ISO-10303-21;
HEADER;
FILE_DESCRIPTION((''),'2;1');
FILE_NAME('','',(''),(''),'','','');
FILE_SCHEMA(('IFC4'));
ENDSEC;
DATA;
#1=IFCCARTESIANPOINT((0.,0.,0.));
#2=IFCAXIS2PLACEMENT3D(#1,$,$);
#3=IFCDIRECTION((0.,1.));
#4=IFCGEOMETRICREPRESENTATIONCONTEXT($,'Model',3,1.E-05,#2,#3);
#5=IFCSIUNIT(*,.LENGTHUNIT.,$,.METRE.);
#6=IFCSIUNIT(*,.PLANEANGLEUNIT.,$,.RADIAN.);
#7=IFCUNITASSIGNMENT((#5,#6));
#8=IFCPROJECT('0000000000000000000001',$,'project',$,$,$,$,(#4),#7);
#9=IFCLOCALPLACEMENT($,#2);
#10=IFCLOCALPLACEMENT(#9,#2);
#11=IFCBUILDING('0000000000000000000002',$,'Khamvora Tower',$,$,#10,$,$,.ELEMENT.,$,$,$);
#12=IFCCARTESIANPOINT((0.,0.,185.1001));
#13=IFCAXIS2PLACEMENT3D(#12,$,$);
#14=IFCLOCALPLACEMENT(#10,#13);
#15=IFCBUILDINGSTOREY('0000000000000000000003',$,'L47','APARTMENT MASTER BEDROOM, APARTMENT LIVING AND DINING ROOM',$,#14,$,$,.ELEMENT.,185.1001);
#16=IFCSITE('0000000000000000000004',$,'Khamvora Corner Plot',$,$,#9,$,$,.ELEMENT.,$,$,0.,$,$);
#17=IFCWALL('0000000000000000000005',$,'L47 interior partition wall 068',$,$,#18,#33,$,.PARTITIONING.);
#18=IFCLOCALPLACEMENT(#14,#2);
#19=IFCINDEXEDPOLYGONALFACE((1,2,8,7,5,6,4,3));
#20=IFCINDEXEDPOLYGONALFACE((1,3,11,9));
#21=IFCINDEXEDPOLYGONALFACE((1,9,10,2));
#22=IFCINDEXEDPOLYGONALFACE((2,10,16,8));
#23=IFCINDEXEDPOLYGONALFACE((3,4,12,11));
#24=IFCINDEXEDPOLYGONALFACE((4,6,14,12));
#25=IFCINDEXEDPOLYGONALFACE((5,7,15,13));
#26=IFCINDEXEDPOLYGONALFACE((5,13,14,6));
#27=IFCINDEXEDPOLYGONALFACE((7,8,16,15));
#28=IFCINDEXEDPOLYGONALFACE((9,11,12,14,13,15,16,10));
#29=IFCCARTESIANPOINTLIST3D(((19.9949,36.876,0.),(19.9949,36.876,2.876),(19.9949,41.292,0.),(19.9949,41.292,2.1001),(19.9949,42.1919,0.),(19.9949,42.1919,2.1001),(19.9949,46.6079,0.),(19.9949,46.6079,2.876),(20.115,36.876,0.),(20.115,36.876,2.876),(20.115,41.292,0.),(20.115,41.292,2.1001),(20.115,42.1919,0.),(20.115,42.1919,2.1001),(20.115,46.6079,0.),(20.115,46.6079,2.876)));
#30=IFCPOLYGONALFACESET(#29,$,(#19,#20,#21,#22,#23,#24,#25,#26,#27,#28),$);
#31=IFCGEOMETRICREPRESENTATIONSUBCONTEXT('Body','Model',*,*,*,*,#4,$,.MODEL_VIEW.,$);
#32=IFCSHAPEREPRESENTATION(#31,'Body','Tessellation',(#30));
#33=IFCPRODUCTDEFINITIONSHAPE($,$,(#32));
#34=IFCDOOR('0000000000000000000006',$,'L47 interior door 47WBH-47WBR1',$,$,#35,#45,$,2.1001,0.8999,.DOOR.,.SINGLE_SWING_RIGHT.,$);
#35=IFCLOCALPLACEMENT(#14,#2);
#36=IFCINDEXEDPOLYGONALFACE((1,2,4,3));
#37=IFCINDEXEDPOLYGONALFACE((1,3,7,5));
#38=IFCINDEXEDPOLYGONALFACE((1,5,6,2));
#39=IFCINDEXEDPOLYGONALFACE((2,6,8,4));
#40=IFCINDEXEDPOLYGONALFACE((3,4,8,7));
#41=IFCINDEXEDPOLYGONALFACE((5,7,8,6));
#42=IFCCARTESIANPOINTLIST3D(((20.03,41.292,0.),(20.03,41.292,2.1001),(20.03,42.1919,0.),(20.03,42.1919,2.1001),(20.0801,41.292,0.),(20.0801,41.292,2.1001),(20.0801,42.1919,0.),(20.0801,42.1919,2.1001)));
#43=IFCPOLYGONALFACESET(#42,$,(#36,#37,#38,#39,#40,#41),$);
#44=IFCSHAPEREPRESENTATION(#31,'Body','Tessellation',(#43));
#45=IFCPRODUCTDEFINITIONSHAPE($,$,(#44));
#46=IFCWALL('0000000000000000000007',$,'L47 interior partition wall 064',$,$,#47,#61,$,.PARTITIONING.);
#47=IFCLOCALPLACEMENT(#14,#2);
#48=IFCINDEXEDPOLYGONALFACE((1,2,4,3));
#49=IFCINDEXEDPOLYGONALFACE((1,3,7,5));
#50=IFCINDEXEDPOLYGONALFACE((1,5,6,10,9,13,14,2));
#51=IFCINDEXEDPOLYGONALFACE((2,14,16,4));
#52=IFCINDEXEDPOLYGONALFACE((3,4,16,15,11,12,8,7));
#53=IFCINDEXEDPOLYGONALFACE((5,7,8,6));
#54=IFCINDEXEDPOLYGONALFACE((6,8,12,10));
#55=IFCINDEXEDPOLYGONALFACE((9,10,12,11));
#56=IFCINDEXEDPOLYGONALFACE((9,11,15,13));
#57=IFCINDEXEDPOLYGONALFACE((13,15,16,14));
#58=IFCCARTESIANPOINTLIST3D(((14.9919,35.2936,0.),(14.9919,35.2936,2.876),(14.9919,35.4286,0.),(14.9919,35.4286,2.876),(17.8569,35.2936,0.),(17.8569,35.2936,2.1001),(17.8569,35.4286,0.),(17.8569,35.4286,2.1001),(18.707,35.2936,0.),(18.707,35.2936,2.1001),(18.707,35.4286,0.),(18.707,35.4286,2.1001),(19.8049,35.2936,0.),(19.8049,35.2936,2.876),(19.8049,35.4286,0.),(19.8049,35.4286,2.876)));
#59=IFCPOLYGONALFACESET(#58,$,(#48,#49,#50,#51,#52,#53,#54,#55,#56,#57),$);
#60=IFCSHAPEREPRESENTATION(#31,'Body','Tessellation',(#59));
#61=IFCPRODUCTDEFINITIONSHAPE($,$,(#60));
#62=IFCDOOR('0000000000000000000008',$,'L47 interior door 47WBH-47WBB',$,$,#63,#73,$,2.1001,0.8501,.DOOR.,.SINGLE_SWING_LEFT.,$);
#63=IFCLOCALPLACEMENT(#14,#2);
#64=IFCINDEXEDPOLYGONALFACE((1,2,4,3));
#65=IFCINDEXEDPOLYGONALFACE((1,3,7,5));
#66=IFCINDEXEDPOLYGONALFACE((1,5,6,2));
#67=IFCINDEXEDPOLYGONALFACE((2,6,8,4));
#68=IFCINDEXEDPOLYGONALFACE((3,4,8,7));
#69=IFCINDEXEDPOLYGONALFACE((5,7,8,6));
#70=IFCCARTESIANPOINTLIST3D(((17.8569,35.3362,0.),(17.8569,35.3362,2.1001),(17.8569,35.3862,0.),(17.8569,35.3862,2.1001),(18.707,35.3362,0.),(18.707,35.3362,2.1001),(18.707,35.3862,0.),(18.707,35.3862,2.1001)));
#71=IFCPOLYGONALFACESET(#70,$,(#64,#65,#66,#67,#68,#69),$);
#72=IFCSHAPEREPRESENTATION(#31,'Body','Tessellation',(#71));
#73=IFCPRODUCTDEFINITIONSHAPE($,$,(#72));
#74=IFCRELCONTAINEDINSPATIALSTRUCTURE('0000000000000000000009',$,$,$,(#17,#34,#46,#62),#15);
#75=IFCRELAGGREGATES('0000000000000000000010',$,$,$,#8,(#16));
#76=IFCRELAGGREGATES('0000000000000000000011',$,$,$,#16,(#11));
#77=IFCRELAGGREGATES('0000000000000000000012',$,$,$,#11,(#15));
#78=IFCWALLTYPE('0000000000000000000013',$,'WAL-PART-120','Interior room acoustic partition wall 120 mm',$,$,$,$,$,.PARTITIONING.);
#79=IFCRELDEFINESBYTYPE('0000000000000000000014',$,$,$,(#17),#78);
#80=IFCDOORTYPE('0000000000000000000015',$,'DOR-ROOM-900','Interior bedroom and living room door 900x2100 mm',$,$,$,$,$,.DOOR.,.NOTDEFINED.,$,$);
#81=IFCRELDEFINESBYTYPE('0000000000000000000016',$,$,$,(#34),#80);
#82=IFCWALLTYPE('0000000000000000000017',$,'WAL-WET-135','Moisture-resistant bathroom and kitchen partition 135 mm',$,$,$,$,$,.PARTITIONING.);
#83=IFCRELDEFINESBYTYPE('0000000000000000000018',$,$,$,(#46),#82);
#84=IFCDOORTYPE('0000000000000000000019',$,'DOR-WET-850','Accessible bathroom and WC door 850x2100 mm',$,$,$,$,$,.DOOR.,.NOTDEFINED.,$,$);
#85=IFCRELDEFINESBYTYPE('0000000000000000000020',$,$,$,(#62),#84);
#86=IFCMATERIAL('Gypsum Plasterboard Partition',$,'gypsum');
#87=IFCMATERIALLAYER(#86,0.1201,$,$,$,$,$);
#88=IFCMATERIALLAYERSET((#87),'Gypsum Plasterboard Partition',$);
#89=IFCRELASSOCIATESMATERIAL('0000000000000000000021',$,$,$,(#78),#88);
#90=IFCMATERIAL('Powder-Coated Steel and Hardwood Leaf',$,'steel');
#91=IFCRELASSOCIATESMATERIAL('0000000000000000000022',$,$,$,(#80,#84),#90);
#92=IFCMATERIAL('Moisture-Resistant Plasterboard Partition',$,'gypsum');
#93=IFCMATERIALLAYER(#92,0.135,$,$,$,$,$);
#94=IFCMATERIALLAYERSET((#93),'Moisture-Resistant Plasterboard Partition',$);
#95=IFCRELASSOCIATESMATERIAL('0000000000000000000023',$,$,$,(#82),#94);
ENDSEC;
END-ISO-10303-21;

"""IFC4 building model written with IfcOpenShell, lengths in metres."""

from ifc_helpers import new_model, si_unit, direction, frame, frame_2d, origin, place, context, subcontext, project, spatial, rectangle, extrude, material, layer, layer_set, type_object, element, fill, save


model = new_model("IFC4")

# Units and contexts
model_context = context("Model", 3, precision=1e-05, world=origin(), true_north=direction((0.0, 1.0)))
body_context = subcontext(model_context, "Body", "Model", "MODEL_VIEW")
ifc_project = project(units=[si_unit("LENGTHUNIT", "METRE"), si_unit("PLANEANGLEUNIT", "RADIAN")], contexts=[model_context])

# Site, building, storey
site_placement = place(None, origin())
site = spatial("IfcSite", under=ifc_project, at=site_placement, Name="Khamvora Corner Plot", CompositionType="ELEMENT", RefElevation=0.0)
building_placement = place(site_placement, origin())
building = spatial("IfcBuilding", under=site, at=building_placement, Name="Khamvora Tower", CompositionType="ELEMENT")
storey_placement = place(building_placement, frame((0.0, 0.0, 185.1001)))
storey = spatial("IfcBuildingStorey", under=building, at=storey_placement, Name="L47", Description="APARTMENT MASTER BEDROOM, APARTMENT LIVING AND DINING ROOM", CompositionType="ELEMENT", Elevation=185.1001)

# Shared definitions
ifc_material_1 = material(Name="Gypsum Plasterboard Partition", Category="gypsum")
ifc_layer_1 = layer(ifc_material_1, 0.1201)
ifc_layer_set_1 = layer_set([ifc_layer_1], Name="Gypsum Plasterboard Partition")
wall_type_1 = type_object("IfcWallType", Name="WAL-PART-120", Description="Interior room acoustic partition wall 120 mm", PredefinedType="PARTITIONING", material=ifc_layer_set_1)

# Walls, openings, doors
wall_1_placement = place(storey_placement, frame((20.0549, 36.876, 0.0), z_axis=(0.0, 0.0, 1.0), x_axis=(0.0, 1.0, 0.0)))
wall_1 = element("IfcWall", 1, at=wall_1_placement, inside=storey, type_object=wall_type_1, Name="L47 interior partition wall 068", PredefinedType="PARTITIONING", context=body_context, shape_type="SweptSolid", body=[
    extrude(rectangle(XDim=9.7319, YDim=0.1201, at=frame_2d((4.866, 0.0))), origin(), (0.0, 0.0, 1.0), 2.876),
])
opening_1_placement = place(wall_1_placement, frame((4.416, 0.0, 0.0)))
opening_1 = element("IfcOpeningElement", 2, at=opening_1_placement, cuts=wall_1, PredefinedType="OPENING", context=body_context, shape_type="SweptSolid", body=[
    extrude(rectangle(XDim=0.8999, YDim=2.1001, at=frame_2d((0.45, 1.05))), frame((0.0, 0.0701, 0.0), z_axis=(0.0, -1.0, 0.0), x_axis=(1.0, 0.0, 0.0)), (0.0, 0.0, 1.0), 0.1401),
])
ifc_material_2 = material(Name="Powder-Coated Steel and Hardwood Leaf", Category="steel")
door_type_1 = type_object("IfcDoorType", Name="DOR-ROOM-900", Description="Interior bedroom and living room door 900x2100 mm", OperationType="NOTDEFINED", PredefinedType="DOOR", material=ifc_material_2)
door_1_placement = place(opening_1_placement, origin())
door_1 = element("IfcDoor", 3, at=door_1_placement, inside=storey, type_object=door_type_1, Name="L47 interior door 47WBH-47WBR1", OperationType="SINGLE_SWING_RIGHT", OverallHeight=2.1001, OverallWidth=0.8999, PredefinedType="DOOR", context=body_context, shape_type="SweptSolid", body=[
    extrude(rectangle(XDim=0.8999, YDim=2.1001, at=frame_2d((0.45, 1.05))), frame((0.0, 0.0249, 0.0), z_axis=(0.0, -1.0, 0.0), x_axis=(1.0, 0.0, 0.0)), (0.0, 0.0, 1.0), 0.05),
])
fill(opening_1, door_1)
ifc_material_3 = material(Name="Moisture-Resistant Plasterboard Partition", Category="gypsum")
ifc_layer_2 = layer(ifc_material_3, 0.135)
ifc_layer_set_2 = layer_set([ifc_layer_2], Name="Moisture-Resistant Plasterboard Partition")
wall_type_2 = type_object("IfcWallType", Name="WAL-WET-135", Description="Moisture-resistant bathroom and kitchen partition 135 mm", PredefinedType="PARTITIONING", material=ifc_layer_set_2)
wall_2_placement = place(storey_placement, frame((19.8049, 35.3611, 0.0), z_axis=(0.0, 0.0, 1.0), x_axis=(-1.0, 0.0, 0.0)))
wall_2 = element("IfcWall", 4, at=wall_2_placement, inside=storey, type_object=wall_type_2, Name="L47 interior partition wall 064", PredefinedType="PARTITIONING", context=body_context, shape_type="SweptSolid", body=[
    extrude(rectangle(XDim=4.813, YDim=0.135, at=frame_2d((2.4065, 0.0))), origin(), (0.0, 0.0, 1.0), 2.876),
])
opening_2_placement = place(wall_2_placement, frame((1.0979, 0.0, 0.0)))
opening_2 = element("IfcOpeningElement", 5, at=opening_2_placement, cuts=wall_2, PredefinedType="OPENING", context=body_context, shape_type="SweptSolid", body=[
    extrude(rectangle(XDim=0.8501, YDim=2.1001, at=frame_2d((0.425, 1.05))), frame((0.0, 0.0774, 0.0), z_axis=(0.0, -1.0, 0.0), x_axis=(1.0, 0.0, 0.0)), (0.0, 0.0, 1.0), 0.155),
])
door_type_2 = type_object("IfcDoorType", Name="DOR-WET-850", Description="Accessible bathroom and WC door 850x2100 mm", OperationType="NOTDEFINED", PredefinedType="DOOR", material=ifc_material_2)
door_2_placement = place(opening_2_placement, origin())
door_2 = element("IfcDoor", 6, at=door_2_placement, inside=storey, type_object=door_type_2, Name="L47 interior door 47WBH-47WBB", OperationType="SINGLE_SWING_LEFT", OverallHeight=2.1001, OverallWidth=0.8501, PredefinedType="DOOR", context=body_context, shape_type="SweptSolid", body=[
    extrude(rectangle(XDim=0.8501, YDim=2.1001, at=frame_2d((0.425, 1.05))), frame((0.0, 0.0249, 0.0), z_axis=(0.0, -1.0, 0.0), x_axis=(1.0, 0.0, 0.0)), (0.0, 0.0, 1.0), 0.05),
])
fill(opening_2, door_2)

save(model, "model.ifc")
